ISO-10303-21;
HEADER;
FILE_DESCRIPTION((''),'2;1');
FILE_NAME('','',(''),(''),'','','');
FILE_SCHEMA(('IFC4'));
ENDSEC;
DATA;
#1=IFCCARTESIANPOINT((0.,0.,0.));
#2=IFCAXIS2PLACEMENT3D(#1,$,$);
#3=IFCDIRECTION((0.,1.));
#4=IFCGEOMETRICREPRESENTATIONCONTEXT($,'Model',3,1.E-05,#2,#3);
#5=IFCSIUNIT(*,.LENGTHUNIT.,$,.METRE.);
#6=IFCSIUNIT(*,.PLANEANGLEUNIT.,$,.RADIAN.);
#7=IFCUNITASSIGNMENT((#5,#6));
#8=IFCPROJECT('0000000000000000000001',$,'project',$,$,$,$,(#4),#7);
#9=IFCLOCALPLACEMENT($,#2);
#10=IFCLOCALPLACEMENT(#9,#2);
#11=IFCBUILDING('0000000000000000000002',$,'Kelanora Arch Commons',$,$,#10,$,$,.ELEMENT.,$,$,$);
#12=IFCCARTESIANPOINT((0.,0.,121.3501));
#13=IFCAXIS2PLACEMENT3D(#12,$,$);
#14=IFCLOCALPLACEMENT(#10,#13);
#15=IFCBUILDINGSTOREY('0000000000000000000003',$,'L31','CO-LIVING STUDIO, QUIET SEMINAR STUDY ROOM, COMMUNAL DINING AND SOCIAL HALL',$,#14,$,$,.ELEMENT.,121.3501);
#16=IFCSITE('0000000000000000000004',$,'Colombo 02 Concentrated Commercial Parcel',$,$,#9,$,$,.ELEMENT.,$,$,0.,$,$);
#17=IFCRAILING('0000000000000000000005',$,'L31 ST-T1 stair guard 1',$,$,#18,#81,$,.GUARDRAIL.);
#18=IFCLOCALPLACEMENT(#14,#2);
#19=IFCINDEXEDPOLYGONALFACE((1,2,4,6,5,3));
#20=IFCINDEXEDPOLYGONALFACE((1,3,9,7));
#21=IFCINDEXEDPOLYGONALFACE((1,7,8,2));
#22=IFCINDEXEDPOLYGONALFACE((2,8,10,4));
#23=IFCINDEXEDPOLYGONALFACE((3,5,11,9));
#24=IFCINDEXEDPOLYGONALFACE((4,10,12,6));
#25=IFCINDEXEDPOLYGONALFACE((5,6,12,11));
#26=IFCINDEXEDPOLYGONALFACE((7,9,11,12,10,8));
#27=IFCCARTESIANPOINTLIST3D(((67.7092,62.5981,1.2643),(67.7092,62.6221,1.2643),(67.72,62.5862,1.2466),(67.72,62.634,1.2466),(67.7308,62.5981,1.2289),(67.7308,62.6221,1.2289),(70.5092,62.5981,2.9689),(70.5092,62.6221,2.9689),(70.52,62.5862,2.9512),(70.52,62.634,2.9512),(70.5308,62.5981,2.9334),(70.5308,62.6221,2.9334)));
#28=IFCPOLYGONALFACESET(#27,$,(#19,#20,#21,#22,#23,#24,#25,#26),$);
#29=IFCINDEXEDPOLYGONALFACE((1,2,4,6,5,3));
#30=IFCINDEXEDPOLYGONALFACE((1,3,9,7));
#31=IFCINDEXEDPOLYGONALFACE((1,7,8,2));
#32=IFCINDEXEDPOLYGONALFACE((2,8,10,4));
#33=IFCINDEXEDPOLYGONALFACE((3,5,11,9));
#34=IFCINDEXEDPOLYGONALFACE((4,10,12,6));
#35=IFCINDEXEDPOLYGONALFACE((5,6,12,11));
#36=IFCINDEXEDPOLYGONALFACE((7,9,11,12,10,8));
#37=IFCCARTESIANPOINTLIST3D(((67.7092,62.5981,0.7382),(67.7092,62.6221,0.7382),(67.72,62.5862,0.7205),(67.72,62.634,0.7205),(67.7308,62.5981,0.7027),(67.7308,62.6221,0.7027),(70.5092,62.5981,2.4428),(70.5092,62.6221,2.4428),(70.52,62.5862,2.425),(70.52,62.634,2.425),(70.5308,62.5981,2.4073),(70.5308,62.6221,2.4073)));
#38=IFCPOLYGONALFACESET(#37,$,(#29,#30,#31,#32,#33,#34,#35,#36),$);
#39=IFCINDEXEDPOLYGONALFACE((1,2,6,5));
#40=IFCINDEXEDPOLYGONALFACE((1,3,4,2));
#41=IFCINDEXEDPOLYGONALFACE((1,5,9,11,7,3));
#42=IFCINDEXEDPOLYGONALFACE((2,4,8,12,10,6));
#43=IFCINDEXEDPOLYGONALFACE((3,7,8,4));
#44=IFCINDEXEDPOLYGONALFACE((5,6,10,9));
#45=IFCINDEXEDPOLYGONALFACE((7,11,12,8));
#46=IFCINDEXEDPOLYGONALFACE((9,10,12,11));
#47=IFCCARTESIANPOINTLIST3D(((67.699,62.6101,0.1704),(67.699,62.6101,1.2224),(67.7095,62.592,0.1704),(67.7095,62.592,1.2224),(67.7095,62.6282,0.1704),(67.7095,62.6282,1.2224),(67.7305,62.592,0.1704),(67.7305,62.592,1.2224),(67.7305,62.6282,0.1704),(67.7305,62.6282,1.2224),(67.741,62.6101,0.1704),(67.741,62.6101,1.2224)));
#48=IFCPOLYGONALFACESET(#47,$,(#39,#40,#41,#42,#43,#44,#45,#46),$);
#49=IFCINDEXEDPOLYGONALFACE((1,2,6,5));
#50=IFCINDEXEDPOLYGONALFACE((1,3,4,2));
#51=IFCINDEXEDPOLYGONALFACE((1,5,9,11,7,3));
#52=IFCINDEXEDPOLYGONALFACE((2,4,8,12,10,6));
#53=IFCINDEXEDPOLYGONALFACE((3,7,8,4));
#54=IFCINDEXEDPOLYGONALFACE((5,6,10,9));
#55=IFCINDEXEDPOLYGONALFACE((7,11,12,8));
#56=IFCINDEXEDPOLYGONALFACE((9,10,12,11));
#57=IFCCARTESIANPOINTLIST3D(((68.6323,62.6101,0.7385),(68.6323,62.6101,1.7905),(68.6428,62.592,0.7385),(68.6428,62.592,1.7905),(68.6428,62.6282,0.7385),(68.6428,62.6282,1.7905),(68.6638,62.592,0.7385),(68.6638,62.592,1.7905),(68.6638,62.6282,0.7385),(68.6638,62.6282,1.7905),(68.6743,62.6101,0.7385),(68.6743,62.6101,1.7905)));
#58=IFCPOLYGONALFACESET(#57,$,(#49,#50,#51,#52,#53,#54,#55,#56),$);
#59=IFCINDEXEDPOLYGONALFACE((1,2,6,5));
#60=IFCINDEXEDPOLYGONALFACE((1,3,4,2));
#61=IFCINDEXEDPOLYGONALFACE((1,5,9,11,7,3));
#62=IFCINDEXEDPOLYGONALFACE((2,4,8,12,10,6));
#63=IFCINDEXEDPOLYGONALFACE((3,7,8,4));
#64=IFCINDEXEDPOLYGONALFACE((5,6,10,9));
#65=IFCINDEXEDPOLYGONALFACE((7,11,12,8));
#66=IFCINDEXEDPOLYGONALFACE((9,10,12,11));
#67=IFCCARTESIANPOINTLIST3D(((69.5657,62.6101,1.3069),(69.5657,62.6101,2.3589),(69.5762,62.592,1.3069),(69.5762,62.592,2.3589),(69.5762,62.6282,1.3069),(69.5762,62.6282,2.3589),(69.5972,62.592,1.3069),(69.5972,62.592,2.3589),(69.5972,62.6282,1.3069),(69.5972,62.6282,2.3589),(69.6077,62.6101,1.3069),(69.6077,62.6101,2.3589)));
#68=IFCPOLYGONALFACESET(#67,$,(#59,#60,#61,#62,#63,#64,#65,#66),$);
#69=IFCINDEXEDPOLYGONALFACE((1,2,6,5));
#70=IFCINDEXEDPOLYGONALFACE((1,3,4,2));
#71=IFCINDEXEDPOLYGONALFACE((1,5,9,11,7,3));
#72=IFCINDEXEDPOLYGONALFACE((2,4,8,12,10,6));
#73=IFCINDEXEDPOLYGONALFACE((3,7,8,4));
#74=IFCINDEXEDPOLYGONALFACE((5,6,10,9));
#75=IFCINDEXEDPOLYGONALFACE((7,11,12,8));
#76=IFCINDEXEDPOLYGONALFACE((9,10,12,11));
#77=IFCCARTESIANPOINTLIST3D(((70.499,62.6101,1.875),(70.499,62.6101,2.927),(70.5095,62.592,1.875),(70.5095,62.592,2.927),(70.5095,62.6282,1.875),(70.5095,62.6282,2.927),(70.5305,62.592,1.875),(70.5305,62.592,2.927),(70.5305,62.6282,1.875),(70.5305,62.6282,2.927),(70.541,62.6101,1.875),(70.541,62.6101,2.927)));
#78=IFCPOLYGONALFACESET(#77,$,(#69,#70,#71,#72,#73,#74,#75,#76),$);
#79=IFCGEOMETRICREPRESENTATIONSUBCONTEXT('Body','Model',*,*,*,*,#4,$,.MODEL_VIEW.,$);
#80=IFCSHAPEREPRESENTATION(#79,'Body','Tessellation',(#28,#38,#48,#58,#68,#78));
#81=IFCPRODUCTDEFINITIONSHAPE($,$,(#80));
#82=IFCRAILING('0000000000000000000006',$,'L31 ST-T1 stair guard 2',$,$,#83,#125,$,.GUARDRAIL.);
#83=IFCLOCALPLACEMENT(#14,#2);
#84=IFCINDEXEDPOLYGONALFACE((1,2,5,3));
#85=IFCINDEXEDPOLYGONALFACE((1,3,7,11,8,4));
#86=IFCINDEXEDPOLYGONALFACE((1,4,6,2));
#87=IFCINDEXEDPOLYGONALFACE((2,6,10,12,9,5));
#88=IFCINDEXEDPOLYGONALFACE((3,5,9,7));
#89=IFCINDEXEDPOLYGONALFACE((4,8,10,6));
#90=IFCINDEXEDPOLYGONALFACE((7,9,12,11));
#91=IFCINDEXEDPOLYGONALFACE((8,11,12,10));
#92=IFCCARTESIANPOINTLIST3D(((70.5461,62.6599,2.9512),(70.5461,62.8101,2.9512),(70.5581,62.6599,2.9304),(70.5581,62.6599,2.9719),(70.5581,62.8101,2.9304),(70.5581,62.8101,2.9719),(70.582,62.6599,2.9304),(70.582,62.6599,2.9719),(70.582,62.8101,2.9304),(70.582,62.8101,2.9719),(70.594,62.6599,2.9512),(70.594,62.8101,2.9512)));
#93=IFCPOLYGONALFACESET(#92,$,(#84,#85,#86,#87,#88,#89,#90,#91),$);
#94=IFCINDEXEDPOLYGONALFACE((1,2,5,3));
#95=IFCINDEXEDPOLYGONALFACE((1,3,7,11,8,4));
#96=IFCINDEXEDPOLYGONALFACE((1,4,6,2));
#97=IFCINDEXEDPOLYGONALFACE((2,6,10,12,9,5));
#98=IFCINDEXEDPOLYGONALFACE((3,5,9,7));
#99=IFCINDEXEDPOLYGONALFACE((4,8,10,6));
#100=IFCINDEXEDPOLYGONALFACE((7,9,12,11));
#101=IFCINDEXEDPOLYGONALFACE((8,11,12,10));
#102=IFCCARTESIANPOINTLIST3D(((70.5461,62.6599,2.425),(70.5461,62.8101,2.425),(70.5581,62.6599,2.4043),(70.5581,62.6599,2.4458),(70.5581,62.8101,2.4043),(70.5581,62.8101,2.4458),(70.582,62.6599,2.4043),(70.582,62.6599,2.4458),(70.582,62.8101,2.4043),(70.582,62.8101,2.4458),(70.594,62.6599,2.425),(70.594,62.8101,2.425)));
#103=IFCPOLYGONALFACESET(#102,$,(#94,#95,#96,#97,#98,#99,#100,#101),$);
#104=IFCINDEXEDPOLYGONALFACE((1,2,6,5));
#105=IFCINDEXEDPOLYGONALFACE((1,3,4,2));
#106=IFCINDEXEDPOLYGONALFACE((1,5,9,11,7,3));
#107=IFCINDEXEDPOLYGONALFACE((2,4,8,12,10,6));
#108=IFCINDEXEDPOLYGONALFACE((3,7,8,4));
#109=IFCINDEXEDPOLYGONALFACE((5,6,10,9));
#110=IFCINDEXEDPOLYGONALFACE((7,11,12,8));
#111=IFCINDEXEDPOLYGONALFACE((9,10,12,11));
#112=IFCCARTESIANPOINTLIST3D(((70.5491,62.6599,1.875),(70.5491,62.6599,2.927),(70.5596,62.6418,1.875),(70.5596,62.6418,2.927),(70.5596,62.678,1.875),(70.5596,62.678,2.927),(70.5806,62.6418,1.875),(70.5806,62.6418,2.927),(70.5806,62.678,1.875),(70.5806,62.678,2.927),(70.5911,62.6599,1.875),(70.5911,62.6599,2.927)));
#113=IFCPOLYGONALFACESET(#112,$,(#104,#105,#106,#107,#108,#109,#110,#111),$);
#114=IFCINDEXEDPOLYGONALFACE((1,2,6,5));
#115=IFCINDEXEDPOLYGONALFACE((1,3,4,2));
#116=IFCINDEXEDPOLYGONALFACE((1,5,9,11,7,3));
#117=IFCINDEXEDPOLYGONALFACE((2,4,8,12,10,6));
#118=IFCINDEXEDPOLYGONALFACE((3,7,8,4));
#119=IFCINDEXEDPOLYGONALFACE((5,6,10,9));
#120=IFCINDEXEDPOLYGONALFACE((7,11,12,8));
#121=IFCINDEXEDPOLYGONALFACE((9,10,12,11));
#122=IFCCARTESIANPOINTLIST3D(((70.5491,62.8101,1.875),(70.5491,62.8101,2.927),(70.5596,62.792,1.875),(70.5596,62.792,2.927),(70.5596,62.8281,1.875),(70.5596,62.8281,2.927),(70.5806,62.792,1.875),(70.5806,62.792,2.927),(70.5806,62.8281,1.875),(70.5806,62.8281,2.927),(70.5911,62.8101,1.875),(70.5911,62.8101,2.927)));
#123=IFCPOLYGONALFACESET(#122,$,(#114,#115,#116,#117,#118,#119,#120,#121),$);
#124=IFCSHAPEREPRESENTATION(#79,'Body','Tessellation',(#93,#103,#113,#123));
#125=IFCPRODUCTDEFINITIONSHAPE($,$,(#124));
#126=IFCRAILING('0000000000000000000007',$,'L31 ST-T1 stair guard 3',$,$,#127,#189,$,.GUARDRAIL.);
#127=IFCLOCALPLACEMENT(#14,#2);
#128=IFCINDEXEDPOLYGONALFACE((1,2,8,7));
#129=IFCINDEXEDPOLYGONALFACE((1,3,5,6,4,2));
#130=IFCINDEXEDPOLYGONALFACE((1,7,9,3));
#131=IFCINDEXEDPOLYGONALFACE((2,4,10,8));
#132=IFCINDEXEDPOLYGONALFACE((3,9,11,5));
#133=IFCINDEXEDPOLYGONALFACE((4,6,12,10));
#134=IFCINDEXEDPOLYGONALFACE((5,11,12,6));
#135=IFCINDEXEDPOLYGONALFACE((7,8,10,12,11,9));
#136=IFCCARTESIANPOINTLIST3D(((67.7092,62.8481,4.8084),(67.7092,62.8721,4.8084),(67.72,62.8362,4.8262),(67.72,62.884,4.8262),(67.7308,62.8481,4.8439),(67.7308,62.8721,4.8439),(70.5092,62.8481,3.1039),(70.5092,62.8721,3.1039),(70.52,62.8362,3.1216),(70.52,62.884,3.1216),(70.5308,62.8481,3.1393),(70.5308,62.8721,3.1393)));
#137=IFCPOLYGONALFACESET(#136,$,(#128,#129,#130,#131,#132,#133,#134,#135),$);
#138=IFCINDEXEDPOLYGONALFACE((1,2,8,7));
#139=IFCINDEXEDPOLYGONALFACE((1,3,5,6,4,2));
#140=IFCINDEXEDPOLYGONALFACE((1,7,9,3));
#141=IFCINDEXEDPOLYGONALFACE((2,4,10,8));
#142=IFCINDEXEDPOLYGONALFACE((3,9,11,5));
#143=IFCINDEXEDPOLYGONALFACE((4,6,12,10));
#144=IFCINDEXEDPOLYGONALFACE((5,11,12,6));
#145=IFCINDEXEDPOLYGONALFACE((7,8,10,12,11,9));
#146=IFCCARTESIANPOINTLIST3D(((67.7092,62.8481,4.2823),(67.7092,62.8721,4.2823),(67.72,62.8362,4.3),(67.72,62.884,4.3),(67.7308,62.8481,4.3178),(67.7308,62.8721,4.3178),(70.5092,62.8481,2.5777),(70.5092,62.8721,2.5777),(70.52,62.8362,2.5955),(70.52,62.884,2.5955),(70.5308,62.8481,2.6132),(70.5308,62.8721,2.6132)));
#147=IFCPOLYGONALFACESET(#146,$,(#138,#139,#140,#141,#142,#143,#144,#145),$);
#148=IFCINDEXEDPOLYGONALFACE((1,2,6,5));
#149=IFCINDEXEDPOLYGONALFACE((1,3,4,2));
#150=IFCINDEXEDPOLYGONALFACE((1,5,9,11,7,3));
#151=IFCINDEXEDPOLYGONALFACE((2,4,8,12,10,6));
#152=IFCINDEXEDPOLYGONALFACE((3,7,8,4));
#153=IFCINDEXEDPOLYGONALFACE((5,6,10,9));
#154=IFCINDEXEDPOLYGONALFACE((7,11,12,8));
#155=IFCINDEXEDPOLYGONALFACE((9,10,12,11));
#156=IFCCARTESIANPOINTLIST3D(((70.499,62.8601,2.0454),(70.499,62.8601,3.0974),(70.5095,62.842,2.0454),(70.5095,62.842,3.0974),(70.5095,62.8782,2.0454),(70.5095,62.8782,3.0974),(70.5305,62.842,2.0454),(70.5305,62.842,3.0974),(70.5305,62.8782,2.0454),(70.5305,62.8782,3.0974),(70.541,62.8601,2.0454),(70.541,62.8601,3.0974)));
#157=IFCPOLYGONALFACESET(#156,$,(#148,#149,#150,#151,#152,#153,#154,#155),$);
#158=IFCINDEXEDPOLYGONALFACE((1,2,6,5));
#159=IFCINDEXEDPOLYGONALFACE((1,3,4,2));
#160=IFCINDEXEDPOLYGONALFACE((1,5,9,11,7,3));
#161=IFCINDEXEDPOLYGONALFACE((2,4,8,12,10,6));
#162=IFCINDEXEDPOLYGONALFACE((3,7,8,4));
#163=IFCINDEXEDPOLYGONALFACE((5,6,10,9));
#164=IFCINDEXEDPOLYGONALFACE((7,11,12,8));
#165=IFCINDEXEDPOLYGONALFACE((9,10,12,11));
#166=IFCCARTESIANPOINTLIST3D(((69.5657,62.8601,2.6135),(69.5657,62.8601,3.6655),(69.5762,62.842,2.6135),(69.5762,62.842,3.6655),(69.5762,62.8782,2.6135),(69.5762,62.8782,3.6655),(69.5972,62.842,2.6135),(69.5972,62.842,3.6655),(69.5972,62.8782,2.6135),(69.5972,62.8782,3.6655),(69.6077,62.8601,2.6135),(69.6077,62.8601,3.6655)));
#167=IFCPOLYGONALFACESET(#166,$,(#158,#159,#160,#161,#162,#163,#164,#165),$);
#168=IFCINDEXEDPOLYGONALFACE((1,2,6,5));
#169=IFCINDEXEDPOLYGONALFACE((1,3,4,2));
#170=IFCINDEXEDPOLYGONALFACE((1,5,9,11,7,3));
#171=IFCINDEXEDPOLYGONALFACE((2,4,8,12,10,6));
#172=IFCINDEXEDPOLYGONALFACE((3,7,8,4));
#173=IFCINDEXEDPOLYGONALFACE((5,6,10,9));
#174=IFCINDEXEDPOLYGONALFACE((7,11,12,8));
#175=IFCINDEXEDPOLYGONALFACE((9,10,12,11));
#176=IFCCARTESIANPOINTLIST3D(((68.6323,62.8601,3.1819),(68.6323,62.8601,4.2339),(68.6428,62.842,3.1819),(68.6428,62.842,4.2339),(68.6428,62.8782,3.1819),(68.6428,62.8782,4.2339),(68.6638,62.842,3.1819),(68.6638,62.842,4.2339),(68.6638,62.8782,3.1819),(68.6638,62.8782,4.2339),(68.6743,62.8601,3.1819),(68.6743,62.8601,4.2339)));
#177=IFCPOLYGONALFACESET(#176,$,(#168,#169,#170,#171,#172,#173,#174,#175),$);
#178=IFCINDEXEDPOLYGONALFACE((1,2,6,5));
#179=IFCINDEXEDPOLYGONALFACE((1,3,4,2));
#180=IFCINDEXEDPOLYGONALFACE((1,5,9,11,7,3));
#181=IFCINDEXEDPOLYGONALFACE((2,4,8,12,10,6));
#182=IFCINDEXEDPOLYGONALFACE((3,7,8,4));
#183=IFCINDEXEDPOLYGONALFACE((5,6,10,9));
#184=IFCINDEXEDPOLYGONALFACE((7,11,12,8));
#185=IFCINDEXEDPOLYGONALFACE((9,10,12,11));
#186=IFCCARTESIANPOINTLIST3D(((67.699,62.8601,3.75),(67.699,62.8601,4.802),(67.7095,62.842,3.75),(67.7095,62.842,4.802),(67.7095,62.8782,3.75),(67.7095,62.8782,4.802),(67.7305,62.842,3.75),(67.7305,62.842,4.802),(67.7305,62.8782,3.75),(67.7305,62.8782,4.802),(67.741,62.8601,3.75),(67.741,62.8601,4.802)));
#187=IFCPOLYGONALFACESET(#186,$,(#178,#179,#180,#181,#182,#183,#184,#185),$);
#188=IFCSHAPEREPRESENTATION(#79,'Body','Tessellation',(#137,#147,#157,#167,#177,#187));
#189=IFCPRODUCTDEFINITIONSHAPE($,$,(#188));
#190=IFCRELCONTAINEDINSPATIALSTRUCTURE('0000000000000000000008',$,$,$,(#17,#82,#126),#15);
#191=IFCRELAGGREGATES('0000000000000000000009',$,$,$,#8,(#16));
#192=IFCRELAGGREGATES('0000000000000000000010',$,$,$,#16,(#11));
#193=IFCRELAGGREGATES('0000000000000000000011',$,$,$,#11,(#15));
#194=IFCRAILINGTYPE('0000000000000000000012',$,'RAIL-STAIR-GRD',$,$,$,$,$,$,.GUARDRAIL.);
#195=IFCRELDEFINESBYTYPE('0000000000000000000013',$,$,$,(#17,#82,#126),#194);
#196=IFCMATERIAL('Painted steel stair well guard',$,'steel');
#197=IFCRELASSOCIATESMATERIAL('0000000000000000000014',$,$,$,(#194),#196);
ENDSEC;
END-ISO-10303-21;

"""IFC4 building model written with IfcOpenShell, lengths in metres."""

from ifc_helpers import new_model, si_unit, direction, frame, origin, place, context, subcontext, project, spatial, polyline, outline, extrude, material, type_object, element, save


model = new_model("IFC4")

# Units and contexts
model_context = context("Model", 3, precision=1e-05, world=origin(), true_north=direction((0.0, 1.0)))
body_context = subcontext(model_context, "Body", "Model", "MODEL_VIEW")
ifc_project = project(units=[si_unit("LENGTHUNIT", "METRE"), si_unit("PLANEANGLEUNIT", "RADIAN")], contexts=[model_context])

# Site, building, storey
site_placement = place(None, origin())
site = spatial("IfcSite", under=ifc_project, at=site_placement, Name="Colombo 02 Concentrated Commercial Parcel", CompositionType="ELEMENT", RefElevation=0.0)
building_placement = place(site_placement, origin())
building = spatial("IfcBuilding", under=site, at=building_placement, Name="Kelanora Arch Commons", CompositionType="ELEMENT")
storey_placement = place(building_placement, frame((0.0, 0.0, 121.3501)))
storey = spatial("IfcBuildingStorey", under=building, at=storey_placement, Name="L31", Description="CO-LIVING STUDIO, QUIET SEMINAR STUDY ROOM, COMMUNAL DINING AND SOCIAL HALL", CompositionType="ELEMENT", Elevation=121.3501)

# Railings
ifc_material_1 = material(Name="Painted steel stair well guard", Category="steel")
railing_type_1 = type_object("IfcRailingType", Name="RAIL-STAIR-GRD", PredefinedType="GUARDRAIL", material=ifc_material_1)
railing_1_placement = place(storey_placement, frame((67.72, 62.6101, 0.1704)))
element("IfcRailing", 1, at=railing_1_placement, inside=storey, type_object=railing_type_1, Name="L31 ST-T1 stair guard 1", PredefinedType="GUARDRAIL", context=body_context, shape_type="SweptSolid", body=[
    extrude(outline(polyline([(0.0239, 0.0), (0.012, 0.0208), (-0.012, 0.0208), (-0.0239, 0.0), (-0.012, -0.0208), (0.012, -0.0208), (0.0239, 0.0)])), frame((0.0, 0.0, 1.0762), z_axis=(0.85417, 0.0, 0.519994), x_axis=(0.0, 1.0, 0.0)), (0.0, 0.0, 1.0), 3.2781),
    extrude(outline(polyline([(0.0239, 0.0), (0.012, 0.0208), (-0.012, 0.0208), (-0.0239, 0.0), (-0.012, -0.0208), (0.012, -0.0208), (0.0239, 0.0)])), frame((0.0, 0.0, 0.55), z_axis=(0.85417, 0.0, 0.519994), x_axis=(0.0, 1.0, 0.0)), (0.0, 0.0, 1.0), 3.2781),
    extrude(outline(polyline([(0.021, 0.0), (0.0105, 0.0181), (-0.0105, 0.0181), (-0.021, 0.0), (-0.0105, -0.0181), (0.0105, -0.0181), (0.021, 0.0)])), origin(), (0.0, 0.0, 1.0), 1.052),
    extrude(outline(polyline([(0.021, 0.0), (0.0105, 0.0181), (-0.0105, 0.0181), (-0.021, 0.0), (-0.0105, -0.0181), (0.0105, -0.0181), (0.021, 0.0)])), frame((0.9333, 0.0, 0.5681)), (0.0, 0.0, 1.0), 1.052),
    extrude(outline(polyline([(0.021, 0.0), (0.0105, 0.0181), (-0.0105, 0.0181), (-0.021, 0.0), (-0.0105, -0.0181), (0.0105, -0.0181), (0.021, 0.0)])), frame((1.8667, 0.0, 1.1365)), (0.0, 0.0, 1.0), 1.052),
    extrude(outline(polyline([(0.021, 0.0), (0.0105, 0.0181), (-0.0105, 0.0181), (-0.021, 0.0), (-0.0105, -0.0181), (0.0105, -0.0181), (0.021, 0.0)])), frame((2.8, 0.0, 1.7046)), (0.0, 0.0, 1.0), 1.052),
])
railing_2_placement = place(storey_placement, frame((70.5701, 62.6599, 1.875)))
element("IfcRailing", 2, at=railing_2_placement, inside=storey, type_object=railing_type_1, Name="L31 ST-T1 stair guard 2", PredefinedType="GUARDRAIL", context=body_context, shape_type="SweptSolid", body=[
    extrude(outline(polyline([(0.0239, 0.0), (0.012, 0.0208), (-0.012, 0.0208), (-0.0239, 0.0), (-0.012, -0.0208), (0.012, -0.0208), (0.0239, 0.0)])), frame((0.0, 0.0, 1.0762), z_axis=(0.0, 1.0, 0.0), x_axis=(-1.0, 0.0, 0.0)), (0.0, 0.0, 1.0), 0.1501),
    extrude(outline(polyline([(0.0239, 0.0), (0.012, 0.0208), (-0.012, 0.0208), (-0.0239, 0.0), (-0.012, -0.0208), (0.012, -0.0208), (0.0239, 0.0)])), frame((0.0, 0.0, 0.55), z_axis=(0.0, 1.0, 0.0), x_axis=(-1.0, 0.0, 0.0)), (0.0, 0.0, 1.0), 0.1501),
    extrude(outline(polyline([(0.021, 0.0), (0.0105, 0.0181), (-0.0105, 0.0181), (-0.021, 0.0), (-0.0105, -0.0181), (0.0105, -0.0181), (0.021, 0.0)])), origin(), (0.0, 0.0, 1.0), 1.052),
    extrude(outline(polyline([(0.021, 0.0), (0.0105, 0.0181), (-0.0105, 0.0181), (-0.021, 0.0), (-0.0105, -0.0181), (0.0105, -0.0181), (0.021, 0.0)])), frame((0.0, 0.1501, 0.0)), (0.0, 0.0, 1.0), 1.052),
])
railing_3_placement = place(storey_placement, frame((70.52, 62.8601, 2.0454)))
element("IfcRailing", 3, at=railing_3_placement, inside=storey, type_object=railing_type_1, Name="L31 ST-T1 stair guard 3", PredefinedType="GUARDRAIL", context=body_context, shape_type="SweptSolid", body=[
    extrude(outline(polyline([(0.0239, 0.0), (0.012, 0.0208), (-0.012, 0.0208), (-0.0239, 0.0), (-0.012, -0.0208), (0.012, -0.0208), (0.0239, 0.0)])), frame((0.0, 0.0, 1.0762), z_axis=(-0.85417, 0.0, 0.519994), x_axis=(0.0, -1.0, 0.0)), (0.0, 0.0, 1.0), 3.2781),
    extrude(outline(polyline([(0.0239, 0.0), (0.012, 0.0208), (-0.012, 0.0208), (-0.0239, 0.0), (-0.012, -0.0208), (0.012, -0.0208), (0.0239, 0.0)])), frame((0.0, 0.0, 0.55), z_axis=(-0.85417, 0.0, 0.519994), x_axis=(0.0, -1.0, 0.0)), (0.0, 0.0, 1.0), 3.2781),
    extrude(outline(polyline([(0.021, 0.0), (0.0105, 0.0181), (-0.0105, 0.0181), (-0.021, 0.0), (-0.0105, -0.0181), (0.0105, -0.0181), (0.021, 0.0)])), origin(), (0.0, 0.0, 1.0), 1.052),
    extrude(outline(polyline([(0.021, 0.0), (0.0105, 0.0181), (-0.0105, 0.0181), (-0.021, 0.0), (-0.0105, -0.0181), (0.0105, -0.0181), (0.021, 0.0)])), frame((-0.9333, 0.0, 0.5681)), (0.0, 0.0, 1.0), 1.052),
    extrude(outline(polyline([(0.021, 0.0), (0.0105, 0.0181), (-0.0105, 0.0181), (-0.021, 0.0), (-0.0105, -0.0181), (0.0105, -0.0181), (0.021, 0.0)])), frame((-1.8667, 0.0, 1.1365)), (0.0, 0.0, 1.0), 1.052),
    extrude(outline(polyline([(0.021, 0.0), (0.0105, 0.0181), (-0.0105, 0.0181), (-0.021, 0.0), (-0.0105, -0.0181), (0.0105, -0.0181), (0.021, 0.0)])), frame((-2.8, 0.0, 1.7046)), (0.0, 0.0, 1.0), 1.052),
])

save(model, "model.ifc")
